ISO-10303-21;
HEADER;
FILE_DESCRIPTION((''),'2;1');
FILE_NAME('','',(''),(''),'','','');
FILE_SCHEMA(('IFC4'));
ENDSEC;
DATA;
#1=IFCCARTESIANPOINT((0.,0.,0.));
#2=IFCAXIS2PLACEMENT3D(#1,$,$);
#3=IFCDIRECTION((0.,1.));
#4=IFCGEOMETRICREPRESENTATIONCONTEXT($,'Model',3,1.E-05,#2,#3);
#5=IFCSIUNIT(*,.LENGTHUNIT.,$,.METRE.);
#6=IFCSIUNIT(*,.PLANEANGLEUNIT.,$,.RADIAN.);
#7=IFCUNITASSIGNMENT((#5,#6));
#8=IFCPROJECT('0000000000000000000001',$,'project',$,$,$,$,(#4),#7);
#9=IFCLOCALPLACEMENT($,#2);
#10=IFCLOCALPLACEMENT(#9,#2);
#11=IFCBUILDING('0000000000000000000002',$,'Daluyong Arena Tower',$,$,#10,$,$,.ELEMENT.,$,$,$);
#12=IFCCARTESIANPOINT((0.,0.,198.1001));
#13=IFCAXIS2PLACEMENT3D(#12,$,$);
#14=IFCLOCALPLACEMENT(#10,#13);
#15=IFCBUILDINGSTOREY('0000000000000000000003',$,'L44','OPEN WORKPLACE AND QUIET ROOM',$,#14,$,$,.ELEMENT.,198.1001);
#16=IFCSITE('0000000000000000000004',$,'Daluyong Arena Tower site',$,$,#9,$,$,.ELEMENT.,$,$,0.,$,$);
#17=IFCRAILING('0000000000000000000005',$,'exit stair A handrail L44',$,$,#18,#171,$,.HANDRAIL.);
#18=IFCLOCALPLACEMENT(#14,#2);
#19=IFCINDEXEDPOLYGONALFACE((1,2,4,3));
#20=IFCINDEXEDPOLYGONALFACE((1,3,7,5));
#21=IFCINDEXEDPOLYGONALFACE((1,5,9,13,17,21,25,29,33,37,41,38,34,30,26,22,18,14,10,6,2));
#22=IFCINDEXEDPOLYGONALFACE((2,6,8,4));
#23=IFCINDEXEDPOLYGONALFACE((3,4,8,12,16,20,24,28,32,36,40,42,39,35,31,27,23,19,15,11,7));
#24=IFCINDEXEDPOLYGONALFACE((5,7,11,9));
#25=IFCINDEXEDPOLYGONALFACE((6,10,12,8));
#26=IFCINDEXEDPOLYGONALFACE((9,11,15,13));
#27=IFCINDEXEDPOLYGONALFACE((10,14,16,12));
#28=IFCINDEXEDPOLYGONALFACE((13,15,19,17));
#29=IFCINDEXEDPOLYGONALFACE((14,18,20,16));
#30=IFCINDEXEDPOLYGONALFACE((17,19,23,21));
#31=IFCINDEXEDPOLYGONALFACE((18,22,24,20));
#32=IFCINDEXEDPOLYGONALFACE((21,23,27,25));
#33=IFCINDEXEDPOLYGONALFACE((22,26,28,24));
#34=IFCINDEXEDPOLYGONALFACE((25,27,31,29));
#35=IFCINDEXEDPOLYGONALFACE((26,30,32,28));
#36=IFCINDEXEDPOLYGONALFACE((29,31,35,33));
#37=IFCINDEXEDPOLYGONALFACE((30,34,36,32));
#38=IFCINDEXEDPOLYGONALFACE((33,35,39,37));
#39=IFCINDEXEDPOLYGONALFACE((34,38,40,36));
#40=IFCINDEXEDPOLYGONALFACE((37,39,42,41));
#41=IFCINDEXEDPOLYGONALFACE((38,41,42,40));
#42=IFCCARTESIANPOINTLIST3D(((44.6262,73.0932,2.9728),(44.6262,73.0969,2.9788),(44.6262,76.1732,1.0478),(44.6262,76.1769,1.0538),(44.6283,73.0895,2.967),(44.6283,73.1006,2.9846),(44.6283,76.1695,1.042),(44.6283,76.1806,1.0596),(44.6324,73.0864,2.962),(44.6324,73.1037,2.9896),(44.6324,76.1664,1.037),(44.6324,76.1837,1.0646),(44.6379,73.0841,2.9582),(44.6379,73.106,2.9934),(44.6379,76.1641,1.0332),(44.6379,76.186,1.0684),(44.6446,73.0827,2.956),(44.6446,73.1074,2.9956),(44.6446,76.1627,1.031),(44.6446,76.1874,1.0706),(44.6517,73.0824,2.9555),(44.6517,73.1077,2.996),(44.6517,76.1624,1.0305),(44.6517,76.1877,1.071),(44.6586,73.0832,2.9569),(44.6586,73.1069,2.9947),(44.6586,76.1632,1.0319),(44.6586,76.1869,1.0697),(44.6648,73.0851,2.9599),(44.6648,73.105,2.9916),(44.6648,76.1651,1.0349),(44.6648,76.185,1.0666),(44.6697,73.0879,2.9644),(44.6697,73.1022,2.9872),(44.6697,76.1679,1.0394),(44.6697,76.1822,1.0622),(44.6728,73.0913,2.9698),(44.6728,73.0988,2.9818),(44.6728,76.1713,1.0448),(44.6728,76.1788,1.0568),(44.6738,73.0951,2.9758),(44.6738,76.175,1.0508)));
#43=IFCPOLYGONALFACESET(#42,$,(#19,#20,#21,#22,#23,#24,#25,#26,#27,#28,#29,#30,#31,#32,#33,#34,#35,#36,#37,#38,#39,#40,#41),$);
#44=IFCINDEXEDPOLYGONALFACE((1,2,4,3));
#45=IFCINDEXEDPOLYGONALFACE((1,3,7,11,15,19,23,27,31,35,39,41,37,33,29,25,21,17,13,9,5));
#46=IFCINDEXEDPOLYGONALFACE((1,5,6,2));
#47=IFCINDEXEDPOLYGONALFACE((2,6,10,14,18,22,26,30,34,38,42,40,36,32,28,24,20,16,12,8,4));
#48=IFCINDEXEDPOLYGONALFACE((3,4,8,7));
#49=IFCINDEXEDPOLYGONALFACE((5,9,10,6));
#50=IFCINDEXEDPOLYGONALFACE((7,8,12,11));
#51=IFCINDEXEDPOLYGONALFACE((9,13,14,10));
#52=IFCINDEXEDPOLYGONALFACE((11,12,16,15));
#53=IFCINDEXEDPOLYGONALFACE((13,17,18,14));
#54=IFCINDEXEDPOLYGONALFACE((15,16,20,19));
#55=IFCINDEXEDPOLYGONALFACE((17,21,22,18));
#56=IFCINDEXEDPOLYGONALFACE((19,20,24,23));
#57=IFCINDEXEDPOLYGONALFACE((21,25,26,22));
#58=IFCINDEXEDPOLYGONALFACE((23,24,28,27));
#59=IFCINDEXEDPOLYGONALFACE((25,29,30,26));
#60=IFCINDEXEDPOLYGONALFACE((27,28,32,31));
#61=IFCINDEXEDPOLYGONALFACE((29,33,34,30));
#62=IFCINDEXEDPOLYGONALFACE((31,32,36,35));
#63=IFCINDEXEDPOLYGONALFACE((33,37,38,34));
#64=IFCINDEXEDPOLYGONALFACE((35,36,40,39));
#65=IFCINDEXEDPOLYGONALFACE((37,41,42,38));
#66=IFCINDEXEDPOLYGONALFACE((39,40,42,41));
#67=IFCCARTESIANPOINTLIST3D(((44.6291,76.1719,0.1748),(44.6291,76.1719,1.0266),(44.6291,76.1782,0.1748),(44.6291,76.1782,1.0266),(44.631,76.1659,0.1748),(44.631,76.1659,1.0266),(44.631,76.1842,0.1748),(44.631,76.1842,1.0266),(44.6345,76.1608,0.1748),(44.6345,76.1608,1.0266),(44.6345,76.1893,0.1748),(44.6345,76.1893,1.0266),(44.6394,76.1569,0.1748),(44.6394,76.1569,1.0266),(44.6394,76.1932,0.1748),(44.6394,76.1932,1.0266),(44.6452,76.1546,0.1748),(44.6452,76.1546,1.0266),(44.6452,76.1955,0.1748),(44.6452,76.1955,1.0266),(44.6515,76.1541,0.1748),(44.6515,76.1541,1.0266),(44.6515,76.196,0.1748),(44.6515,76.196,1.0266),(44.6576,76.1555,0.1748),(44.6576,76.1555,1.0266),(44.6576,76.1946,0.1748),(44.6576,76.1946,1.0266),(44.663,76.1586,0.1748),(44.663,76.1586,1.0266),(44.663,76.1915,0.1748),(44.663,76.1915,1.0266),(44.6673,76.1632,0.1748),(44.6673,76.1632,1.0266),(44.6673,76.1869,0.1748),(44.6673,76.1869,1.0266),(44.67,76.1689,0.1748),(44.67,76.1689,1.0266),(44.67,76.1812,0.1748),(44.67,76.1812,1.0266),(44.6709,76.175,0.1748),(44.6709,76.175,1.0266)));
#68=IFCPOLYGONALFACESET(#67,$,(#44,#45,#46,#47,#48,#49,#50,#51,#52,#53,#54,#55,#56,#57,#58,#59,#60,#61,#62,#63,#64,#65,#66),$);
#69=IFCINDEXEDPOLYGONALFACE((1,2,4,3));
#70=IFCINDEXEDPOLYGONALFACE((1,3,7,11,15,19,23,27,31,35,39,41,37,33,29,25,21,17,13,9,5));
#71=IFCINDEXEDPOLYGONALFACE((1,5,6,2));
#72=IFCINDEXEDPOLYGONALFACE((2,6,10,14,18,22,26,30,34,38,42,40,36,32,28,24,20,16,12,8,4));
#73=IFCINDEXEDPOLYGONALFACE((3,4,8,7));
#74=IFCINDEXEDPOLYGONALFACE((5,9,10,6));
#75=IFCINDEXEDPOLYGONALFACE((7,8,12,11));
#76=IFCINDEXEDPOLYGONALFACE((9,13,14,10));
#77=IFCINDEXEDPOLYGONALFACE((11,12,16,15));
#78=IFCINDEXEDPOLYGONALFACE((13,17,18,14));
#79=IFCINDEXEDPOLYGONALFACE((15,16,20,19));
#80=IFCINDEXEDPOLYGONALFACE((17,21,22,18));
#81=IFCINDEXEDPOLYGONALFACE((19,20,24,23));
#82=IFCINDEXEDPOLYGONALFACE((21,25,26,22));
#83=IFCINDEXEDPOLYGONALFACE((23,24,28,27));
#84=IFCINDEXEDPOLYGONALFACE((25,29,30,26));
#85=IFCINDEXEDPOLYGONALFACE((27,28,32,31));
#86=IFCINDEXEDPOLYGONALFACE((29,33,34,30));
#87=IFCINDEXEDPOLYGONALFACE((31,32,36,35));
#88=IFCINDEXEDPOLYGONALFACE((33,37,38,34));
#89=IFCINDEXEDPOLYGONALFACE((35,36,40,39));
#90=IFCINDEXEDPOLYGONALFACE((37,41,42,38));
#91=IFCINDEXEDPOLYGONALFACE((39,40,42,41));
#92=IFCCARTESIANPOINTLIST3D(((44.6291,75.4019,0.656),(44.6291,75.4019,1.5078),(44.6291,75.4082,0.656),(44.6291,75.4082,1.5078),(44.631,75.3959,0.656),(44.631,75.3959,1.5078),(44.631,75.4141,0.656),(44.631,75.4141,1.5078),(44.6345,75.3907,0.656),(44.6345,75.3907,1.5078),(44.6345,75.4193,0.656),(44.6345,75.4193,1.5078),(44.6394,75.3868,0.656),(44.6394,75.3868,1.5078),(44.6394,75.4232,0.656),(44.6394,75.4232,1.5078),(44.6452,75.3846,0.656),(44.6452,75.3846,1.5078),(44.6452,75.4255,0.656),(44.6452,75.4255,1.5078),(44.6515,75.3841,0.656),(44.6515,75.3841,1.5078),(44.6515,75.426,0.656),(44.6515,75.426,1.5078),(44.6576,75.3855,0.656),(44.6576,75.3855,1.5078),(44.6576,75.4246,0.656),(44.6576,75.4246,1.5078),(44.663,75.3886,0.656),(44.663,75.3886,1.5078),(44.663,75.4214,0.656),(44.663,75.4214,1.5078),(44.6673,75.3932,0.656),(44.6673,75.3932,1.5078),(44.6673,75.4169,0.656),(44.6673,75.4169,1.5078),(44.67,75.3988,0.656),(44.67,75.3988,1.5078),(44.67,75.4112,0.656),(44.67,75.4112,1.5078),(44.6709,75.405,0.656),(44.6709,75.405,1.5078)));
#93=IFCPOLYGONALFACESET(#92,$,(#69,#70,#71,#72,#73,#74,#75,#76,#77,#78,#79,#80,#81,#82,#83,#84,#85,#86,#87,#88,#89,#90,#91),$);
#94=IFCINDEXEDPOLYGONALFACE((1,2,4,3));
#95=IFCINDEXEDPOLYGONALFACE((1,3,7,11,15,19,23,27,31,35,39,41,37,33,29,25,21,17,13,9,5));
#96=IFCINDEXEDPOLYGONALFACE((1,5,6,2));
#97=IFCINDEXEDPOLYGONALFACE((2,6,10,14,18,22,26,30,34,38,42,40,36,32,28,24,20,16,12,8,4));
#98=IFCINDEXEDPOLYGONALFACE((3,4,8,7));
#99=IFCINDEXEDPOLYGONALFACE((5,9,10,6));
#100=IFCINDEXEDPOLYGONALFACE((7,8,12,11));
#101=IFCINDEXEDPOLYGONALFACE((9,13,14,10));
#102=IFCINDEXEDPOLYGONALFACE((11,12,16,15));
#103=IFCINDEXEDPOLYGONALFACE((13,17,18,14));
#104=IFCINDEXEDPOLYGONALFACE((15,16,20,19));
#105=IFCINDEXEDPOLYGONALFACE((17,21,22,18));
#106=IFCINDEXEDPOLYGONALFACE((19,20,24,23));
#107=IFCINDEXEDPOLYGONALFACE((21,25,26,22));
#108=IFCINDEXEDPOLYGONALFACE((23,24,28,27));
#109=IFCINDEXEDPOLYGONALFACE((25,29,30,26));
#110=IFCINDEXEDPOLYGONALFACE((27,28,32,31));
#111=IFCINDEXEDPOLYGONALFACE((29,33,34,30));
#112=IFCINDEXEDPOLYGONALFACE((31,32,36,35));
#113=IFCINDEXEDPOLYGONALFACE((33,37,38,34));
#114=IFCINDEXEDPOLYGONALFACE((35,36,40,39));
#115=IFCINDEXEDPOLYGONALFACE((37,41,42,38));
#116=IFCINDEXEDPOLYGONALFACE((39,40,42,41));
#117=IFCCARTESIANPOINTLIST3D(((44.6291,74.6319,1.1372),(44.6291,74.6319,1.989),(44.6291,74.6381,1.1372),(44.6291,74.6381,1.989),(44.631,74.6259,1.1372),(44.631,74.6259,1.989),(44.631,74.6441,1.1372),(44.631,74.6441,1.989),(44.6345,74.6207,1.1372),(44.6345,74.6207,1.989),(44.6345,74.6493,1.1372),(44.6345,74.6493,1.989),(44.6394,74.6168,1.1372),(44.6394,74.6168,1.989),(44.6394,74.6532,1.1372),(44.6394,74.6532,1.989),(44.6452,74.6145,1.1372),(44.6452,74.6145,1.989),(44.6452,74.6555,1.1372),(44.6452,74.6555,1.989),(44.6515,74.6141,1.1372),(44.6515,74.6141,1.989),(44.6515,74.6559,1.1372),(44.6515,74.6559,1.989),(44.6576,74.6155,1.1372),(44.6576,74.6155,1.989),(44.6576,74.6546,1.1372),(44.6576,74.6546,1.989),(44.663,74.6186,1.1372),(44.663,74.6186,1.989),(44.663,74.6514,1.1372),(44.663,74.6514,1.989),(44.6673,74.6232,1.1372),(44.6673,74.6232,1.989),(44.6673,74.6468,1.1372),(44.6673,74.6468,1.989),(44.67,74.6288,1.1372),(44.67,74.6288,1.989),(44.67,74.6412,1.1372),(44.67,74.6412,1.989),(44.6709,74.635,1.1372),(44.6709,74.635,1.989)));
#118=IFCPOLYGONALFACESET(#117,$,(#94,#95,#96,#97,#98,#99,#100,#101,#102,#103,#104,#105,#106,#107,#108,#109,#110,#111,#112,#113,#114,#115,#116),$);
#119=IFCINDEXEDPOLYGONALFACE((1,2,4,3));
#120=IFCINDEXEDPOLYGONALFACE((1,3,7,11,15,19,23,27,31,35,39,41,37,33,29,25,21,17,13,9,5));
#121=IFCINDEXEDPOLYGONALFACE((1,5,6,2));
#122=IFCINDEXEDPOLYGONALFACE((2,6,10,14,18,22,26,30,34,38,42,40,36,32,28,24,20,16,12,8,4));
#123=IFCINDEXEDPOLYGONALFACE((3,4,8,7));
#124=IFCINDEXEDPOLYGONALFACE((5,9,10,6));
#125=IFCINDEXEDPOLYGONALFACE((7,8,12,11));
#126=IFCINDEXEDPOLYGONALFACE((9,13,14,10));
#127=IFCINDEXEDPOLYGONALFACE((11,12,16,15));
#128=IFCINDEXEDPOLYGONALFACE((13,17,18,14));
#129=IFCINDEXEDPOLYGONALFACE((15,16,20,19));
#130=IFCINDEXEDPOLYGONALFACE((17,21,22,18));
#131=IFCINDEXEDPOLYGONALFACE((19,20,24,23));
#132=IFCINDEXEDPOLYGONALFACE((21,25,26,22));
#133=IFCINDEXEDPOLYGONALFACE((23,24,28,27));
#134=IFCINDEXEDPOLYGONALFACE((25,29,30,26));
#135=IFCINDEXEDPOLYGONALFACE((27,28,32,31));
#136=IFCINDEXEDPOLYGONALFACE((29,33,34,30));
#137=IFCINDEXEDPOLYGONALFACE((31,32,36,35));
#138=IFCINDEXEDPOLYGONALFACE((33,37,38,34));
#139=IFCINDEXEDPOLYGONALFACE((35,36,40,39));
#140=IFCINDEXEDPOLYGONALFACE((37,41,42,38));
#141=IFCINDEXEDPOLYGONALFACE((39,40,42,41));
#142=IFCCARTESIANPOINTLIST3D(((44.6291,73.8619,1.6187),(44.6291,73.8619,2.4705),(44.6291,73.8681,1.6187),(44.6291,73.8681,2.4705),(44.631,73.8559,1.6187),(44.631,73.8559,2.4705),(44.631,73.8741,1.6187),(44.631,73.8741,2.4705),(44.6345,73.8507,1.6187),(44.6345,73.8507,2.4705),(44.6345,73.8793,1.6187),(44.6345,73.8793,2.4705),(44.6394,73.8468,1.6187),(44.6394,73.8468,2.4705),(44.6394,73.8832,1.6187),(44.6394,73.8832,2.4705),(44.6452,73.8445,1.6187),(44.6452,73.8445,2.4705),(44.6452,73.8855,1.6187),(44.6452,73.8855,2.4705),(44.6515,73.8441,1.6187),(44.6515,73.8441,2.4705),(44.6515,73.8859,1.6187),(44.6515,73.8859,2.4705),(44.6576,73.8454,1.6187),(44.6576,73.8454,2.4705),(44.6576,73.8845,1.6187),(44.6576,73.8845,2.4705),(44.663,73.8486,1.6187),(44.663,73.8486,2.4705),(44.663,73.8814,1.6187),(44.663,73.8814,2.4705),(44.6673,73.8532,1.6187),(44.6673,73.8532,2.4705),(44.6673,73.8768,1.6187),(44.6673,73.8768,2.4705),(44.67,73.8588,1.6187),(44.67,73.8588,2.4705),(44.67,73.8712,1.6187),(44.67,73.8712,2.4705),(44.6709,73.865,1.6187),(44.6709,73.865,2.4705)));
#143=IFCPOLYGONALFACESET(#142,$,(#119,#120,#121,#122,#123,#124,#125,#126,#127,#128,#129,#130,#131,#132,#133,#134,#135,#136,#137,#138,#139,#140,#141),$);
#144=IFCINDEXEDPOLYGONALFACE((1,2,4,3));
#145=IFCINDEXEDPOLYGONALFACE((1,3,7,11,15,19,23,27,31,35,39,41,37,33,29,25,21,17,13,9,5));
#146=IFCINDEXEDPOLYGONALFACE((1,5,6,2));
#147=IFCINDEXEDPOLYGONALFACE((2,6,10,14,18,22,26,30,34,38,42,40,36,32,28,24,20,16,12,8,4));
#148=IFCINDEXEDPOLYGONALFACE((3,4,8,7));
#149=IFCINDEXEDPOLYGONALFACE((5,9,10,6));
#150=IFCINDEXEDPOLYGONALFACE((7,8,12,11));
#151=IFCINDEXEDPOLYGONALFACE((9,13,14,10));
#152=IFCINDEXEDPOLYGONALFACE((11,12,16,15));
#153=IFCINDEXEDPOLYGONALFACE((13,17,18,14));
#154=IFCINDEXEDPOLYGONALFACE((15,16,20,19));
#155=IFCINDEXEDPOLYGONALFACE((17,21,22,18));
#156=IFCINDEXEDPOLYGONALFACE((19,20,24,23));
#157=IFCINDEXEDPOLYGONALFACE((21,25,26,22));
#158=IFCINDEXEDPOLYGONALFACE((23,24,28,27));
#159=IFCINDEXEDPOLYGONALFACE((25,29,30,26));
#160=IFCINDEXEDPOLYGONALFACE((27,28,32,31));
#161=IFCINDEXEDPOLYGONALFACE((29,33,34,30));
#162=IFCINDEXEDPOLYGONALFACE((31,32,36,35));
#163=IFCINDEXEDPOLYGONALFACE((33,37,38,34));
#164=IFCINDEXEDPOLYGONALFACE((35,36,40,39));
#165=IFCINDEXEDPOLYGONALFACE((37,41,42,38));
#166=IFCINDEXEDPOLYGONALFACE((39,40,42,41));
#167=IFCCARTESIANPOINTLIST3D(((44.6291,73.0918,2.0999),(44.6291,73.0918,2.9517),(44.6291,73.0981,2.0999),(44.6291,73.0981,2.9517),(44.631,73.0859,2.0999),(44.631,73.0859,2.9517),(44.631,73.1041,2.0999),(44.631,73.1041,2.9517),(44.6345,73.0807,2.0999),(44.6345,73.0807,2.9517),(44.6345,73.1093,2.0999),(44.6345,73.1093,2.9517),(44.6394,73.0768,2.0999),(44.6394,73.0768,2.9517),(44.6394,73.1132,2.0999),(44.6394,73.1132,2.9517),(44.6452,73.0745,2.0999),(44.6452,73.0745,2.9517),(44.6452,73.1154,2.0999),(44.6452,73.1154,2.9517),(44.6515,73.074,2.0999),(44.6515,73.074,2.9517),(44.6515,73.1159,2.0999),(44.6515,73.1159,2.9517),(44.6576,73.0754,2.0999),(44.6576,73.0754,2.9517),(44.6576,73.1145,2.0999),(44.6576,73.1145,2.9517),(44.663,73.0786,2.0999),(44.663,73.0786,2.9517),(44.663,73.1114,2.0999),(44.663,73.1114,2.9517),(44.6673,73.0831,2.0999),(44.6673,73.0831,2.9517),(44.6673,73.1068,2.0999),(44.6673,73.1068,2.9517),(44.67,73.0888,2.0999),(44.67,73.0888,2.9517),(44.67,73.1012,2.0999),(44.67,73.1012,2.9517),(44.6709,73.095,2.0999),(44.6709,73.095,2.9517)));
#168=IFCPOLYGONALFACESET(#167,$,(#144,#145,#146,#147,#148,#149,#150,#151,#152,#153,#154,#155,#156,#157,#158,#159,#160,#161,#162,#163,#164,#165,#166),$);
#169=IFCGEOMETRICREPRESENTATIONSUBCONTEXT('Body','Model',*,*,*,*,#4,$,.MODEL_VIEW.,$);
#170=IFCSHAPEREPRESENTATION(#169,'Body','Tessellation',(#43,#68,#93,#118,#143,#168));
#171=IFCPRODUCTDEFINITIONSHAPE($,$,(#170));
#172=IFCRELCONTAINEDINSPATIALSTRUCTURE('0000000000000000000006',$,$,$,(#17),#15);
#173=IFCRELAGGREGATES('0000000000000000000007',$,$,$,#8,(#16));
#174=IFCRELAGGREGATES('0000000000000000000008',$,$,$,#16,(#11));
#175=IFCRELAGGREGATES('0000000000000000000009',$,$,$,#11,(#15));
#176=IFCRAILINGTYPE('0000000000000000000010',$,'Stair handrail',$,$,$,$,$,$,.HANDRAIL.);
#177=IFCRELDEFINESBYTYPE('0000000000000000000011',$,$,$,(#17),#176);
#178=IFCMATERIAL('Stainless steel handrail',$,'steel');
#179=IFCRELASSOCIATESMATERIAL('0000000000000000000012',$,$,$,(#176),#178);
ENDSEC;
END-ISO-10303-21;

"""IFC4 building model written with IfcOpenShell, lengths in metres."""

from ifc_helpers import new_model, si_unit, direction, frame, origin, origin_2d, place, context, subcontext, project, spatial, circle, extrude, material, type_object, element, save


model = new_model("IFC4")

# Units and contexts
model_context = context("Model", 3, precision=1e-05, world=origin(), true_north=direction((0.0, 1.0)))
body_context = subcontext(model_context, "Body", "Model", "MODEL_VIEW")
ifc_project = project(units=[si_unit("LENGTHUNIT", "METRE"), si_unit("PLANEANGLEUNIT", "RADIAN")], contexts=[model_context])

# Site, building, storey
site_placement = place(None, origin())
site = spatial("IfcSite", under=ifc_project, at=site_placement, Name="Daluyong Arena Tower site", CompositionType="ELEMENT", RefElevation=0.0)
building_placement = place(site_placement, origin())
building = spatial("IfcBuilding", under=site, at=building_placement, Name="Daluyong Arena Tower", CompositionType="ELEMENT")
storey_placement = place(building_placement, frame((0.0, 0.0, 198.1001)))
storey = spatial("IfcBuildingStorey", under=building, at=storey_placement, Name="L44", Description="OPEN WORKPLACE AND QUIET ROOM", CompositionType="ELEMENT", Elevation=198.1001)

# Railing
ifc_material_1 = material(Name="Stainless steel handrail", Category="steel")
railing_type_1 = type_object("IfcRailingType", Name="Stair handrail", PredefinedType="HANDRAIL", material=ifc_material_1)
railing_1_placement = place(storey_placement, frame((44.6499, 76.175, 0.1748)))
element("IfcRailing", 1, at=railing_1_placement, inside=storey, type_object=railing_type_1, Name="exit stair A handrail L44", PredefinedType="HANDRAIL", context=body_context, shape_type="SweptSolid", body=[
    extrude(circle(Radius=0.0239, at=origin_2d()), frame((0.0, 0.0, 0.876), z_axis=(0.0, -0.847998, 0.529999), x_axis=(1.0, 0.0, 0.0)), (0.0, 0.0, 1.0), 3.6321),
    extrude(circle(Radius=0.021, at=origin_2d()), origin(), (0.0, 0.0, 1.0), 0.8518),
    extrude(circle(Radius=0.021, at=origin_2d()), frame((0.0, -0.77, 0.4812)), (0.0, 0.0, 1.0), 0.8518),
    extrude(circle(Radius=0.021, at=origin_2d()), frame((0.0, -1.54, 0.9624)), (0.0, 0.0, 1.0), 0.8518),
    extrude(circle(Radius=0.021, at=origin_2d()), frame((0.0, -2.3101, 1.4438)), (0.0, 0.0, 1.0), 0.8518),
    extrude(circle(Radius=0.021, at=origin_2d()), frame((0.0, -3.0801, 1.925)), (0.0, 0.0, 1.0), 0.8518),
])

save(model, "model.ifc")
